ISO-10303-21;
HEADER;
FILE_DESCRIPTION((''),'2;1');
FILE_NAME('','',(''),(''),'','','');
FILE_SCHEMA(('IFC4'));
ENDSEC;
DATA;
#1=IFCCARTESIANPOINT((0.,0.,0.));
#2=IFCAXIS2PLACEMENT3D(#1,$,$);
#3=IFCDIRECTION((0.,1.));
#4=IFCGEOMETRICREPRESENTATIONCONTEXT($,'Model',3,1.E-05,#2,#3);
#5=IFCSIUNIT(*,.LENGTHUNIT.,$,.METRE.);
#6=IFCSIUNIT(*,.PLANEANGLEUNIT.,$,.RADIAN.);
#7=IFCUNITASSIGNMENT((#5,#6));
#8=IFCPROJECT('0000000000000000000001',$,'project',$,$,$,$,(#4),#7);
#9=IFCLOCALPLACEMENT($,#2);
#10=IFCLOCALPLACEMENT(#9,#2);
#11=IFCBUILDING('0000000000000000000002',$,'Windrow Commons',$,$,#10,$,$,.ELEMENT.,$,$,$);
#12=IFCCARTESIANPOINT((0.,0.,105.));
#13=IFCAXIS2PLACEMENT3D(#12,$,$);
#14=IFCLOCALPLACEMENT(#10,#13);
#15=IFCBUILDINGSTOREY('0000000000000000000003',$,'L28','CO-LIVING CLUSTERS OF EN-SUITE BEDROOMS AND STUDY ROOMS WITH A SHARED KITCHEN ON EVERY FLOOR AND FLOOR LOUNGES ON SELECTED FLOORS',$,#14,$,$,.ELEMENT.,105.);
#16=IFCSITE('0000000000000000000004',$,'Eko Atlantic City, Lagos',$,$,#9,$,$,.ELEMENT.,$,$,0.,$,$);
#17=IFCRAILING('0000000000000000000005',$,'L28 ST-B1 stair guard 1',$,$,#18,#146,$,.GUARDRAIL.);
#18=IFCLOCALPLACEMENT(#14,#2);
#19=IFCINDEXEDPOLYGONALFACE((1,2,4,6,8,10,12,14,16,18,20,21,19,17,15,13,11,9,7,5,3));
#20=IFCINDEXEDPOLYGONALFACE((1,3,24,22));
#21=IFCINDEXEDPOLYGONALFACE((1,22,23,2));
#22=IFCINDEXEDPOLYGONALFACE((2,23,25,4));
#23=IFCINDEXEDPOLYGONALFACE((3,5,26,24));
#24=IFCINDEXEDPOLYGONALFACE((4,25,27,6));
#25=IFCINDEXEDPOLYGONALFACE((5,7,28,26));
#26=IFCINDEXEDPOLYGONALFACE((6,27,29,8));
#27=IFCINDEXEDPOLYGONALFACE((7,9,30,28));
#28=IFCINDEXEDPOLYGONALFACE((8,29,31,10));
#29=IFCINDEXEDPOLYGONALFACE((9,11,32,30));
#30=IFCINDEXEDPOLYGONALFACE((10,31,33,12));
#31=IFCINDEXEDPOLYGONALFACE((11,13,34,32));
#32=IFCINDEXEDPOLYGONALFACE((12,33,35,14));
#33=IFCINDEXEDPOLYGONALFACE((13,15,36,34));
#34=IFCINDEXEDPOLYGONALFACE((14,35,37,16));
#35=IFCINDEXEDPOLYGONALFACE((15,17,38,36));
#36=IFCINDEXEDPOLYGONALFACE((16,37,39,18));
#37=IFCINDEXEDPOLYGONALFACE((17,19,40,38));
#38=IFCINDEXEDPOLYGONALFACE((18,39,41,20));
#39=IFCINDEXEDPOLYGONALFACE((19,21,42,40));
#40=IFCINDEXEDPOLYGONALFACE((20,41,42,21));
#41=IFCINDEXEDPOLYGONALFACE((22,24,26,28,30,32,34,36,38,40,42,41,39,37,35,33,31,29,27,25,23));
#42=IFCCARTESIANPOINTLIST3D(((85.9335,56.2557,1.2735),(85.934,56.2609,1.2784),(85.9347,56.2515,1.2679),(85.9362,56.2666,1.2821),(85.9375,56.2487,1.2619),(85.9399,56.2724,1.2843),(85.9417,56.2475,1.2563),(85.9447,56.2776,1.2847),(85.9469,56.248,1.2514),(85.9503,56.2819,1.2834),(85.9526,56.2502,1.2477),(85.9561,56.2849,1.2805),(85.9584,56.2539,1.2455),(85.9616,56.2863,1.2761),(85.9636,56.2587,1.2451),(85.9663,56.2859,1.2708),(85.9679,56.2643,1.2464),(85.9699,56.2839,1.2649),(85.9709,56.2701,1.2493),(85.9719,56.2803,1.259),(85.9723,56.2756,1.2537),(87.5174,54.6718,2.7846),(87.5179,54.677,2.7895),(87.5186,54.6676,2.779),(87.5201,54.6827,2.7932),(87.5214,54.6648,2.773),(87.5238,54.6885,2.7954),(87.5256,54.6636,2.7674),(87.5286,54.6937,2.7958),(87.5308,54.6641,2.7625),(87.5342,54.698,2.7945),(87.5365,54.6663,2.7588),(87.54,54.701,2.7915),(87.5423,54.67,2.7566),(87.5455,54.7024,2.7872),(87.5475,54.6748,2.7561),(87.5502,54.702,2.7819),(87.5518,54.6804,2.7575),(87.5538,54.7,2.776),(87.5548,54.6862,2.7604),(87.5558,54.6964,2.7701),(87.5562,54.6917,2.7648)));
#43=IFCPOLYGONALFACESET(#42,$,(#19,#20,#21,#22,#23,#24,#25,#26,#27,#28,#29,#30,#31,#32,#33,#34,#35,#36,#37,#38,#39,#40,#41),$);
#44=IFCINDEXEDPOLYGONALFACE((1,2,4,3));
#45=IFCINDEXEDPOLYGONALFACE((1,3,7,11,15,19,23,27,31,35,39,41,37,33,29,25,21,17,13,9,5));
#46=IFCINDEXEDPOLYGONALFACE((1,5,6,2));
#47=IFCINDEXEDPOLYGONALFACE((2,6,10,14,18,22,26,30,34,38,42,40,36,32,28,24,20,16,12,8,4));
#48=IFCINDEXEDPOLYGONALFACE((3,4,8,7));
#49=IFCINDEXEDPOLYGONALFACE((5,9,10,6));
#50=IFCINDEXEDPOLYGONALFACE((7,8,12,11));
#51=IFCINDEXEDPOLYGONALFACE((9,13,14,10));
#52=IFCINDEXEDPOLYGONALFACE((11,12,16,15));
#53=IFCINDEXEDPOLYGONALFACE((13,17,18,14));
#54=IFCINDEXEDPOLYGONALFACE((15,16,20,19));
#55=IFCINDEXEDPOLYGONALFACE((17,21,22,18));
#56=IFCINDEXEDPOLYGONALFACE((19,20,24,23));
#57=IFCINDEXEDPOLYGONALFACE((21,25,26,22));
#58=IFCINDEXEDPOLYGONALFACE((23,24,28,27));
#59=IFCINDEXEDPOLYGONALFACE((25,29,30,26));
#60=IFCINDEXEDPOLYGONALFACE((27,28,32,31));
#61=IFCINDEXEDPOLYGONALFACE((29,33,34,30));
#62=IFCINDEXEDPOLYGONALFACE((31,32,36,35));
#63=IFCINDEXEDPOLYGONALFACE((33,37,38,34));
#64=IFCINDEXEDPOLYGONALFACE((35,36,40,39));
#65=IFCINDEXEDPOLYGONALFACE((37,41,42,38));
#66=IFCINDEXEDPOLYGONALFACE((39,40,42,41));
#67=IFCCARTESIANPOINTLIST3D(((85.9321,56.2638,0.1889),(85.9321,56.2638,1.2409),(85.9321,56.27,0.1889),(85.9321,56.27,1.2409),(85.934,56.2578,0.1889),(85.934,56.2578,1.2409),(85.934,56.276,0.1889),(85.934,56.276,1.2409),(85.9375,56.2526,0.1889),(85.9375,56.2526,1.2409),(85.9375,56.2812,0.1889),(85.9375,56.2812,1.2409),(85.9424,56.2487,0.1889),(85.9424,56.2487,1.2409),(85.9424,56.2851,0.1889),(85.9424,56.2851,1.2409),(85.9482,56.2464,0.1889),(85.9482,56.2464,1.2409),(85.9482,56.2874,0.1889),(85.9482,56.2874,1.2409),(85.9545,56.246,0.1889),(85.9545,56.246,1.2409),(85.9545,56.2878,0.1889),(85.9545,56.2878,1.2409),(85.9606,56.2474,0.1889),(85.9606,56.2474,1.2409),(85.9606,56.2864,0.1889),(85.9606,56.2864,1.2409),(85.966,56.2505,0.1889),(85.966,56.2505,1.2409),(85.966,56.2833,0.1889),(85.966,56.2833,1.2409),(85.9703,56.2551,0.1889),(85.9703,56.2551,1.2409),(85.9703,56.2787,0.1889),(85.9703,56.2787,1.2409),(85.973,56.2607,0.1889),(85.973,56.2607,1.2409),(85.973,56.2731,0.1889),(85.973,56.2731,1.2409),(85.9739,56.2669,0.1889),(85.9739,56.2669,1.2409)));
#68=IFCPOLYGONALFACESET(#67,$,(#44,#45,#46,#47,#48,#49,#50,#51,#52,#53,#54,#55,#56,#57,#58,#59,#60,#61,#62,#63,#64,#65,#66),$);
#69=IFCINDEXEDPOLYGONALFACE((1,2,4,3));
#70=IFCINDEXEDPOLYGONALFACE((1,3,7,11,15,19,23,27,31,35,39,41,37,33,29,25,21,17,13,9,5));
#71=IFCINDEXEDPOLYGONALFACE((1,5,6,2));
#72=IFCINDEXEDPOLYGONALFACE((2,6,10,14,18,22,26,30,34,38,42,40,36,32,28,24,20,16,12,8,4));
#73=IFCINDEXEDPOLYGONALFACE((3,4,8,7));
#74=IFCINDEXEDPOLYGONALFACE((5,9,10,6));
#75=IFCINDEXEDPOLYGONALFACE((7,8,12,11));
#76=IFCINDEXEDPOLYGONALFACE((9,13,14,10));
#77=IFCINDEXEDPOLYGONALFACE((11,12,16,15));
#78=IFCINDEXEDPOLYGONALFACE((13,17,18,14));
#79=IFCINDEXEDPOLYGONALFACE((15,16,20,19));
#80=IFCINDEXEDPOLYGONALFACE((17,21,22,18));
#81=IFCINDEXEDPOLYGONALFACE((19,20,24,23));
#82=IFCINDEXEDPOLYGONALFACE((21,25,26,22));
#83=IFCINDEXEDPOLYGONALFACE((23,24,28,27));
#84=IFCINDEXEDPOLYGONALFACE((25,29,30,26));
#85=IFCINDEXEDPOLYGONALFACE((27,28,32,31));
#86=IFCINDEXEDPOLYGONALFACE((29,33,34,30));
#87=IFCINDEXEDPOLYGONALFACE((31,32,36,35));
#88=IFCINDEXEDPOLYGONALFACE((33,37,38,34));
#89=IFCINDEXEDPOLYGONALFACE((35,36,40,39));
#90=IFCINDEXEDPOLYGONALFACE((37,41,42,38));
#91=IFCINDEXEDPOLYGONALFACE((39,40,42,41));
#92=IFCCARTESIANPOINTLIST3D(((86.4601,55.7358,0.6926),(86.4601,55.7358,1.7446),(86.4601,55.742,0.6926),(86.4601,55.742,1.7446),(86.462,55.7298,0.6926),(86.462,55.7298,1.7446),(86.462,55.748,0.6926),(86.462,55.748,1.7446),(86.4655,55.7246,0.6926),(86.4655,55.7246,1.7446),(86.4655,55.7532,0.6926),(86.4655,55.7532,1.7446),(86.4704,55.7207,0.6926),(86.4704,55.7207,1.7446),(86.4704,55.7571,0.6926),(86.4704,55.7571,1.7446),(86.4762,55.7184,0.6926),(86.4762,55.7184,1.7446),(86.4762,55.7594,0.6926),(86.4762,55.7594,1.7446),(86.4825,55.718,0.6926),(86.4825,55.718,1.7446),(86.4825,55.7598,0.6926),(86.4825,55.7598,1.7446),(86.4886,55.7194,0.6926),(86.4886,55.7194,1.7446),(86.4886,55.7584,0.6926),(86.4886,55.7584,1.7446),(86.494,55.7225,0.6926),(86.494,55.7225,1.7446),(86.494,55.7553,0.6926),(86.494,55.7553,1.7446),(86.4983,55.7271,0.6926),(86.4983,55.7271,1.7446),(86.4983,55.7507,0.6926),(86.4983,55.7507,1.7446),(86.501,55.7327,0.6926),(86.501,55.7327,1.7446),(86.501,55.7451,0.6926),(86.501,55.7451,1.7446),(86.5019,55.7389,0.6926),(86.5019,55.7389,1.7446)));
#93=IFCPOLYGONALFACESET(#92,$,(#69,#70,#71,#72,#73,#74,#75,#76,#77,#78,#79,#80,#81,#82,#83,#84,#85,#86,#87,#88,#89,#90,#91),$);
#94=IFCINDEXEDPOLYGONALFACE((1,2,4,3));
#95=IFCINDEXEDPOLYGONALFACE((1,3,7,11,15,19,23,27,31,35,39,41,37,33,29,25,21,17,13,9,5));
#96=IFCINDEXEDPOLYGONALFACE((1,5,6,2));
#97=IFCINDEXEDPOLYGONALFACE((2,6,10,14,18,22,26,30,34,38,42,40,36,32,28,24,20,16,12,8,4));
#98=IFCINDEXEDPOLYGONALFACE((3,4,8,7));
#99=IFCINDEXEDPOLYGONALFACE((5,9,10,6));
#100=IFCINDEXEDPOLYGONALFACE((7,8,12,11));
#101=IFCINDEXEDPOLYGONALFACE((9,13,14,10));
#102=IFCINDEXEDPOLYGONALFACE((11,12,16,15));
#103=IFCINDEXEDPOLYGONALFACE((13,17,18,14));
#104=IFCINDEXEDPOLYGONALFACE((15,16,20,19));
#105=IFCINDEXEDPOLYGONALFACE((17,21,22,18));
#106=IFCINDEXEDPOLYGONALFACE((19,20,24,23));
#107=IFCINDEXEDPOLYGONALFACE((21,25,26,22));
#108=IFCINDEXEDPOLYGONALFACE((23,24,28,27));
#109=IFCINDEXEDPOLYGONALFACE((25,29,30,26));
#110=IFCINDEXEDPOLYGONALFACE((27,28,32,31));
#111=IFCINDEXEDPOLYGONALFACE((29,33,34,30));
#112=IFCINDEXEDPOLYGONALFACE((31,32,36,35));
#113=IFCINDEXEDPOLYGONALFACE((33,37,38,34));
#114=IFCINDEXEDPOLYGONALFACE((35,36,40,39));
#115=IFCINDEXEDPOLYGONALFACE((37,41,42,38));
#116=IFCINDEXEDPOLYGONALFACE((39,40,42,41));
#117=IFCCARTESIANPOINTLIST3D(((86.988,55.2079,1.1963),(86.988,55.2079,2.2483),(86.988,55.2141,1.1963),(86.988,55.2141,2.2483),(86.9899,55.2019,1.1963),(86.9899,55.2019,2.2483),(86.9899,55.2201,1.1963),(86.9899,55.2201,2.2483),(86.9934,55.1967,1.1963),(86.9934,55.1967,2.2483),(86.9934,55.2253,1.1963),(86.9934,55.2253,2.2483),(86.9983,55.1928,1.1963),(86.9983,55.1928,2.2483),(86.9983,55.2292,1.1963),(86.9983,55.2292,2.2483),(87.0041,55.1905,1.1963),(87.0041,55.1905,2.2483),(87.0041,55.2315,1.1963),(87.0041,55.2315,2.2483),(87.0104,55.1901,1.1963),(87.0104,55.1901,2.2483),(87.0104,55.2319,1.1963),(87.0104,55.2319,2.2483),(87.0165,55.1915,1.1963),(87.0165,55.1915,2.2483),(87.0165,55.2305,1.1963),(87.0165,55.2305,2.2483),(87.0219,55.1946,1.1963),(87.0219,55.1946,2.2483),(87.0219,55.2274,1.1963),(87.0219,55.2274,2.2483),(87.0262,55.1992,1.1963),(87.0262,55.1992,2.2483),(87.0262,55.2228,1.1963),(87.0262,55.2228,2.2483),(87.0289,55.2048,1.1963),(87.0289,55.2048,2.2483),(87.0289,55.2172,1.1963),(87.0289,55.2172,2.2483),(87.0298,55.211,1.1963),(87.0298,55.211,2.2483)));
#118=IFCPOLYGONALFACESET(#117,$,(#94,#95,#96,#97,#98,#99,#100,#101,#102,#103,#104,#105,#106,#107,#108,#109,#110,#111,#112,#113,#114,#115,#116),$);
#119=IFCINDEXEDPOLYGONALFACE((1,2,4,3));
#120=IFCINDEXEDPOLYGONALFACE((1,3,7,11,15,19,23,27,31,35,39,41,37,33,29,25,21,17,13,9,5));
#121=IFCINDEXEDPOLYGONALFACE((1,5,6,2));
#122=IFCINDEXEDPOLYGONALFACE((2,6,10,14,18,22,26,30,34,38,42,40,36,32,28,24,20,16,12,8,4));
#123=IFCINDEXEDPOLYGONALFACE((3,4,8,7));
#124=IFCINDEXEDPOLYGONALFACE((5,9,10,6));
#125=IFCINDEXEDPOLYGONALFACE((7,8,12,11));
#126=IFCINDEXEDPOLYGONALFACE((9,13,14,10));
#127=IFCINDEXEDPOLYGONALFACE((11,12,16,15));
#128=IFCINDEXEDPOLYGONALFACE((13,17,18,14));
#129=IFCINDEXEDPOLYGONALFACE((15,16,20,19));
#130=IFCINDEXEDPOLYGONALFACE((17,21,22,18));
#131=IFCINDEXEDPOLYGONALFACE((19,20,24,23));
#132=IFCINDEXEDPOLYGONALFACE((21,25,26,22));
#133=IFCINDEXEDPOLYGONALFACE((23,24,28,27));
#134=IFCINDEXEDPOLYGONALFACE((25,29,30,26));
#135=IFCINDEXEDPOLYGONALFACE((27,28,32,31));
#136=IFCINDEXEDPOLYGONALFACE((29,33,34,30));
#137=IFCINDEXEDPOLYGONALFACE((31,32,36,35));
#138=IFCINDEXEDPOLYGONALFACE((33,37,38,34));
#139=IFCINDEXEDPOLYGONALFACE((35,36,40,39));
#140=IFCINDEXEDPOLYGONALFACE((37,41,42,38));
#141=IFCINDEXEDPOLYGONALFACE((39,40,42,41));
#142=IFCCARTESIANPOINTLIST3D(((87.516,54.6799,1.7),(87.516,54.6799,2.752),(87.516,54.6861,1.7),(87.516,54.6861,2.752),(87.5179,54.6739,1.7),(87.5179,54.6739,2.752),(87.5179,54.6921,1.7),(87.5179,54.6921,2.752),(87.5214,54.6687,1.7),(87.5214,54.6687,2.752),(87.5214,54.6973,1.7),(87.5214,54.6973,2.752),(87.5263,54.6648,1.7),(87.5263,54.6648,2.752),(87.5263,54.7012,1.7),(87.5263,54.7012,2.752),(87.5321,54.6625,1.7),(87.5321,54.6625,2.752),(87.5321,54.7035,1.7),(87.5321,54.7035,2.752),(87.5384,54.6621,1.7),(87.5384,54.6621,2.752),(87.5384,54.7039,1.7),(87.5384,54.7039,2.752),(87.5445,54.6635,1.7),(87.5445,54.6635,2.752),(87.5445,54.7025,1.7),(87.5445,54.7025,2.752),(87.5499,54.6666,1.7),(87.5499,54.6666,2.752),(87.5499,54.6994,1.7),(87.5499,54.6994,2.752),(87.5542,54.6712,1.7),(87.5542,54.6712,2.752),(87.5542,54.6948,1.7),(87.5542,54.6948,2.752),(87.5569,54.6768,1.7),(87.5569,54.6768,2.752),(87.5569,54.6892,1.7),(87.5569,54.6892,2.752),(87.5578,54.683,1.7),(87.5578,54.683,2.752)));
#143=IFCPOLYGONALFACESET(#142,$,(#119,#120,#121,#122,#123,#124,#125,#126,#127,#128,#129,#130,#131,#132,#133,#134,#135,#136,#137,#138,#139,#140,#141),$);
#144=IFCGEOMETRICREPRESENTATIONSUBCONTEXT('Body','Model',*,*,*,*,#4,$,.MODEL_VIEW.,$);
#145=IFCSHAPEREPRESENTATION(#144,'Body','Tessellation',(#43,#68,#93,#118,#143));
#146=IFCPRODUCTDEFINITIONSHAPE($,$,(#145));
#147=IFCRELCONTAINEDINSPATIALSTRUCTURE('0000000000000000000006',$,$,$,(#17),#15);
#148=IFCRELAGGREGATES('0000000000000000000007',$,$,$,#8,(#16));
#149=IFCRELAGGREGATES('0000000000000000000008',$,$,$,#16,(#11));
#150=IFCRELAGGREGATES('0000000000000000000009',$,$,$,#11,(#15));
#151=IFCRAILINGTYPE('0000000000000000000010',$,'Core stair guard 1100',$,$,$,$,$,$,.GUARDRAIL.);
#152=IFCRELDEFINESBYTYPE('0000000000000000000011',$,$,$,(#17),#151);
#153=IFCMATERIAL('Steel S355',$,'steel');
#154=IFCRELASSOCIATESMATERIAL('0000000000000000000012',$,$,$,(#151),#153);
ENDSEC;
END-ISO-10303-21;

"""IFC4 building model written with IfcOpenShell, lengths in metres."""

from ifc_helpers import new_model, si_unit, direction, frame, origin, origin_2d, place, context, subcontext, project, spatial, circle, extrude, material, type_object, element, save


model = new_model("IFC4")

# Units and contexts
model_context = context("Model", 3, precision=1e-05, world=origin(), true_north=direction((0.0, 1.0)))
body_context = subcontext(model_context, "Body", "Model", "MODEL_VIEW")
ifc_project = project(units=[si_unit("LENGTHUNIT", "METRE"), si_unit("PLANEANGLEUNIT", "RADIAN")], contexts=[model_context])

# Site, building, storey
site_placement = place(None, origin())
site = spatial("IfcSite", under=ifc_project, at=site_placement, Name="Eko Atlantic City, Lagos", CompositionType="ELEMENT", RefElevation=0.0)
building_placement = place(site_placement, origin())
building = spatial("IfcBuilding", under=site, at=building_placement, Name="Windrow Commons", CompositionType="ELEMENT")
storey_placement = place(building_placement, frame((0.0, 0.0, 105.0)))
storey = spatial("IfcBuildingStorey", under=building, at=storey_placement, Name="L28", Description="CO-LIVING CLUSTERS OF EN-SUITE BEDROOMS AND STUDY ROOMS WITH A SHARED KITCHEN ON EVERY FLOOR AND FLOOR LOUNGES ON SELECTED FLOORS", CompositionType="ELEMENT", Elevation=105.0)

# Railing
ifc_material_1 = material(Name="Steel S355", Category="steel")
railing_type_1 = type_object("IfcRailingType", Name="Core stair guard 1100", PredefinedType="GUARDRAIL", material=ifc_material_1)
railing_1_placement = place(storey_placement, frame((85.9529, 56.2669, 0.1889)))
element("IfcRailing", 1, at=railing_1_placement, inside=storey, type_object=railing_type_1, Name="L28 ST-B1 stair guard 1", PredefinedType="GUARDRAIL", context=body_context, shape_type="SweptSolid", body=[
    extrude(circle(Radius=0.024, at=origin_2d()), frame((0.0, 0.0, 1.076), z_axis=(0.586191, -0.586191, 0.559249), x_axis=(0.707107, 0.707107, 0.0)), (0.0, 0.0, 1.0), 2.702),
    extrude(circle(Radius=0.021, at=origin_2d()), origin(), (0.0, 0.0, 1.0), 1.052),
    extrude(circle(Radius=0.021, at=origin_2d()), frame((0.528, -0.528, 0.5037)), (0.0, 0.0, 1.0), 1.052),
    extrude(circle(Radius=0.021, at=origin_2d()), frame((1.0559, -1.0559, 1.0074)), (0.0, 0.0, 1.0), 1.052),
    extrude(circle(Radius=0.021, at=origin_2d()), frame((1.5839, -1.5839, 1.5111)), (0.0, 0.0, 1.0), 1.052),
])

save(model, "model.ifc")
